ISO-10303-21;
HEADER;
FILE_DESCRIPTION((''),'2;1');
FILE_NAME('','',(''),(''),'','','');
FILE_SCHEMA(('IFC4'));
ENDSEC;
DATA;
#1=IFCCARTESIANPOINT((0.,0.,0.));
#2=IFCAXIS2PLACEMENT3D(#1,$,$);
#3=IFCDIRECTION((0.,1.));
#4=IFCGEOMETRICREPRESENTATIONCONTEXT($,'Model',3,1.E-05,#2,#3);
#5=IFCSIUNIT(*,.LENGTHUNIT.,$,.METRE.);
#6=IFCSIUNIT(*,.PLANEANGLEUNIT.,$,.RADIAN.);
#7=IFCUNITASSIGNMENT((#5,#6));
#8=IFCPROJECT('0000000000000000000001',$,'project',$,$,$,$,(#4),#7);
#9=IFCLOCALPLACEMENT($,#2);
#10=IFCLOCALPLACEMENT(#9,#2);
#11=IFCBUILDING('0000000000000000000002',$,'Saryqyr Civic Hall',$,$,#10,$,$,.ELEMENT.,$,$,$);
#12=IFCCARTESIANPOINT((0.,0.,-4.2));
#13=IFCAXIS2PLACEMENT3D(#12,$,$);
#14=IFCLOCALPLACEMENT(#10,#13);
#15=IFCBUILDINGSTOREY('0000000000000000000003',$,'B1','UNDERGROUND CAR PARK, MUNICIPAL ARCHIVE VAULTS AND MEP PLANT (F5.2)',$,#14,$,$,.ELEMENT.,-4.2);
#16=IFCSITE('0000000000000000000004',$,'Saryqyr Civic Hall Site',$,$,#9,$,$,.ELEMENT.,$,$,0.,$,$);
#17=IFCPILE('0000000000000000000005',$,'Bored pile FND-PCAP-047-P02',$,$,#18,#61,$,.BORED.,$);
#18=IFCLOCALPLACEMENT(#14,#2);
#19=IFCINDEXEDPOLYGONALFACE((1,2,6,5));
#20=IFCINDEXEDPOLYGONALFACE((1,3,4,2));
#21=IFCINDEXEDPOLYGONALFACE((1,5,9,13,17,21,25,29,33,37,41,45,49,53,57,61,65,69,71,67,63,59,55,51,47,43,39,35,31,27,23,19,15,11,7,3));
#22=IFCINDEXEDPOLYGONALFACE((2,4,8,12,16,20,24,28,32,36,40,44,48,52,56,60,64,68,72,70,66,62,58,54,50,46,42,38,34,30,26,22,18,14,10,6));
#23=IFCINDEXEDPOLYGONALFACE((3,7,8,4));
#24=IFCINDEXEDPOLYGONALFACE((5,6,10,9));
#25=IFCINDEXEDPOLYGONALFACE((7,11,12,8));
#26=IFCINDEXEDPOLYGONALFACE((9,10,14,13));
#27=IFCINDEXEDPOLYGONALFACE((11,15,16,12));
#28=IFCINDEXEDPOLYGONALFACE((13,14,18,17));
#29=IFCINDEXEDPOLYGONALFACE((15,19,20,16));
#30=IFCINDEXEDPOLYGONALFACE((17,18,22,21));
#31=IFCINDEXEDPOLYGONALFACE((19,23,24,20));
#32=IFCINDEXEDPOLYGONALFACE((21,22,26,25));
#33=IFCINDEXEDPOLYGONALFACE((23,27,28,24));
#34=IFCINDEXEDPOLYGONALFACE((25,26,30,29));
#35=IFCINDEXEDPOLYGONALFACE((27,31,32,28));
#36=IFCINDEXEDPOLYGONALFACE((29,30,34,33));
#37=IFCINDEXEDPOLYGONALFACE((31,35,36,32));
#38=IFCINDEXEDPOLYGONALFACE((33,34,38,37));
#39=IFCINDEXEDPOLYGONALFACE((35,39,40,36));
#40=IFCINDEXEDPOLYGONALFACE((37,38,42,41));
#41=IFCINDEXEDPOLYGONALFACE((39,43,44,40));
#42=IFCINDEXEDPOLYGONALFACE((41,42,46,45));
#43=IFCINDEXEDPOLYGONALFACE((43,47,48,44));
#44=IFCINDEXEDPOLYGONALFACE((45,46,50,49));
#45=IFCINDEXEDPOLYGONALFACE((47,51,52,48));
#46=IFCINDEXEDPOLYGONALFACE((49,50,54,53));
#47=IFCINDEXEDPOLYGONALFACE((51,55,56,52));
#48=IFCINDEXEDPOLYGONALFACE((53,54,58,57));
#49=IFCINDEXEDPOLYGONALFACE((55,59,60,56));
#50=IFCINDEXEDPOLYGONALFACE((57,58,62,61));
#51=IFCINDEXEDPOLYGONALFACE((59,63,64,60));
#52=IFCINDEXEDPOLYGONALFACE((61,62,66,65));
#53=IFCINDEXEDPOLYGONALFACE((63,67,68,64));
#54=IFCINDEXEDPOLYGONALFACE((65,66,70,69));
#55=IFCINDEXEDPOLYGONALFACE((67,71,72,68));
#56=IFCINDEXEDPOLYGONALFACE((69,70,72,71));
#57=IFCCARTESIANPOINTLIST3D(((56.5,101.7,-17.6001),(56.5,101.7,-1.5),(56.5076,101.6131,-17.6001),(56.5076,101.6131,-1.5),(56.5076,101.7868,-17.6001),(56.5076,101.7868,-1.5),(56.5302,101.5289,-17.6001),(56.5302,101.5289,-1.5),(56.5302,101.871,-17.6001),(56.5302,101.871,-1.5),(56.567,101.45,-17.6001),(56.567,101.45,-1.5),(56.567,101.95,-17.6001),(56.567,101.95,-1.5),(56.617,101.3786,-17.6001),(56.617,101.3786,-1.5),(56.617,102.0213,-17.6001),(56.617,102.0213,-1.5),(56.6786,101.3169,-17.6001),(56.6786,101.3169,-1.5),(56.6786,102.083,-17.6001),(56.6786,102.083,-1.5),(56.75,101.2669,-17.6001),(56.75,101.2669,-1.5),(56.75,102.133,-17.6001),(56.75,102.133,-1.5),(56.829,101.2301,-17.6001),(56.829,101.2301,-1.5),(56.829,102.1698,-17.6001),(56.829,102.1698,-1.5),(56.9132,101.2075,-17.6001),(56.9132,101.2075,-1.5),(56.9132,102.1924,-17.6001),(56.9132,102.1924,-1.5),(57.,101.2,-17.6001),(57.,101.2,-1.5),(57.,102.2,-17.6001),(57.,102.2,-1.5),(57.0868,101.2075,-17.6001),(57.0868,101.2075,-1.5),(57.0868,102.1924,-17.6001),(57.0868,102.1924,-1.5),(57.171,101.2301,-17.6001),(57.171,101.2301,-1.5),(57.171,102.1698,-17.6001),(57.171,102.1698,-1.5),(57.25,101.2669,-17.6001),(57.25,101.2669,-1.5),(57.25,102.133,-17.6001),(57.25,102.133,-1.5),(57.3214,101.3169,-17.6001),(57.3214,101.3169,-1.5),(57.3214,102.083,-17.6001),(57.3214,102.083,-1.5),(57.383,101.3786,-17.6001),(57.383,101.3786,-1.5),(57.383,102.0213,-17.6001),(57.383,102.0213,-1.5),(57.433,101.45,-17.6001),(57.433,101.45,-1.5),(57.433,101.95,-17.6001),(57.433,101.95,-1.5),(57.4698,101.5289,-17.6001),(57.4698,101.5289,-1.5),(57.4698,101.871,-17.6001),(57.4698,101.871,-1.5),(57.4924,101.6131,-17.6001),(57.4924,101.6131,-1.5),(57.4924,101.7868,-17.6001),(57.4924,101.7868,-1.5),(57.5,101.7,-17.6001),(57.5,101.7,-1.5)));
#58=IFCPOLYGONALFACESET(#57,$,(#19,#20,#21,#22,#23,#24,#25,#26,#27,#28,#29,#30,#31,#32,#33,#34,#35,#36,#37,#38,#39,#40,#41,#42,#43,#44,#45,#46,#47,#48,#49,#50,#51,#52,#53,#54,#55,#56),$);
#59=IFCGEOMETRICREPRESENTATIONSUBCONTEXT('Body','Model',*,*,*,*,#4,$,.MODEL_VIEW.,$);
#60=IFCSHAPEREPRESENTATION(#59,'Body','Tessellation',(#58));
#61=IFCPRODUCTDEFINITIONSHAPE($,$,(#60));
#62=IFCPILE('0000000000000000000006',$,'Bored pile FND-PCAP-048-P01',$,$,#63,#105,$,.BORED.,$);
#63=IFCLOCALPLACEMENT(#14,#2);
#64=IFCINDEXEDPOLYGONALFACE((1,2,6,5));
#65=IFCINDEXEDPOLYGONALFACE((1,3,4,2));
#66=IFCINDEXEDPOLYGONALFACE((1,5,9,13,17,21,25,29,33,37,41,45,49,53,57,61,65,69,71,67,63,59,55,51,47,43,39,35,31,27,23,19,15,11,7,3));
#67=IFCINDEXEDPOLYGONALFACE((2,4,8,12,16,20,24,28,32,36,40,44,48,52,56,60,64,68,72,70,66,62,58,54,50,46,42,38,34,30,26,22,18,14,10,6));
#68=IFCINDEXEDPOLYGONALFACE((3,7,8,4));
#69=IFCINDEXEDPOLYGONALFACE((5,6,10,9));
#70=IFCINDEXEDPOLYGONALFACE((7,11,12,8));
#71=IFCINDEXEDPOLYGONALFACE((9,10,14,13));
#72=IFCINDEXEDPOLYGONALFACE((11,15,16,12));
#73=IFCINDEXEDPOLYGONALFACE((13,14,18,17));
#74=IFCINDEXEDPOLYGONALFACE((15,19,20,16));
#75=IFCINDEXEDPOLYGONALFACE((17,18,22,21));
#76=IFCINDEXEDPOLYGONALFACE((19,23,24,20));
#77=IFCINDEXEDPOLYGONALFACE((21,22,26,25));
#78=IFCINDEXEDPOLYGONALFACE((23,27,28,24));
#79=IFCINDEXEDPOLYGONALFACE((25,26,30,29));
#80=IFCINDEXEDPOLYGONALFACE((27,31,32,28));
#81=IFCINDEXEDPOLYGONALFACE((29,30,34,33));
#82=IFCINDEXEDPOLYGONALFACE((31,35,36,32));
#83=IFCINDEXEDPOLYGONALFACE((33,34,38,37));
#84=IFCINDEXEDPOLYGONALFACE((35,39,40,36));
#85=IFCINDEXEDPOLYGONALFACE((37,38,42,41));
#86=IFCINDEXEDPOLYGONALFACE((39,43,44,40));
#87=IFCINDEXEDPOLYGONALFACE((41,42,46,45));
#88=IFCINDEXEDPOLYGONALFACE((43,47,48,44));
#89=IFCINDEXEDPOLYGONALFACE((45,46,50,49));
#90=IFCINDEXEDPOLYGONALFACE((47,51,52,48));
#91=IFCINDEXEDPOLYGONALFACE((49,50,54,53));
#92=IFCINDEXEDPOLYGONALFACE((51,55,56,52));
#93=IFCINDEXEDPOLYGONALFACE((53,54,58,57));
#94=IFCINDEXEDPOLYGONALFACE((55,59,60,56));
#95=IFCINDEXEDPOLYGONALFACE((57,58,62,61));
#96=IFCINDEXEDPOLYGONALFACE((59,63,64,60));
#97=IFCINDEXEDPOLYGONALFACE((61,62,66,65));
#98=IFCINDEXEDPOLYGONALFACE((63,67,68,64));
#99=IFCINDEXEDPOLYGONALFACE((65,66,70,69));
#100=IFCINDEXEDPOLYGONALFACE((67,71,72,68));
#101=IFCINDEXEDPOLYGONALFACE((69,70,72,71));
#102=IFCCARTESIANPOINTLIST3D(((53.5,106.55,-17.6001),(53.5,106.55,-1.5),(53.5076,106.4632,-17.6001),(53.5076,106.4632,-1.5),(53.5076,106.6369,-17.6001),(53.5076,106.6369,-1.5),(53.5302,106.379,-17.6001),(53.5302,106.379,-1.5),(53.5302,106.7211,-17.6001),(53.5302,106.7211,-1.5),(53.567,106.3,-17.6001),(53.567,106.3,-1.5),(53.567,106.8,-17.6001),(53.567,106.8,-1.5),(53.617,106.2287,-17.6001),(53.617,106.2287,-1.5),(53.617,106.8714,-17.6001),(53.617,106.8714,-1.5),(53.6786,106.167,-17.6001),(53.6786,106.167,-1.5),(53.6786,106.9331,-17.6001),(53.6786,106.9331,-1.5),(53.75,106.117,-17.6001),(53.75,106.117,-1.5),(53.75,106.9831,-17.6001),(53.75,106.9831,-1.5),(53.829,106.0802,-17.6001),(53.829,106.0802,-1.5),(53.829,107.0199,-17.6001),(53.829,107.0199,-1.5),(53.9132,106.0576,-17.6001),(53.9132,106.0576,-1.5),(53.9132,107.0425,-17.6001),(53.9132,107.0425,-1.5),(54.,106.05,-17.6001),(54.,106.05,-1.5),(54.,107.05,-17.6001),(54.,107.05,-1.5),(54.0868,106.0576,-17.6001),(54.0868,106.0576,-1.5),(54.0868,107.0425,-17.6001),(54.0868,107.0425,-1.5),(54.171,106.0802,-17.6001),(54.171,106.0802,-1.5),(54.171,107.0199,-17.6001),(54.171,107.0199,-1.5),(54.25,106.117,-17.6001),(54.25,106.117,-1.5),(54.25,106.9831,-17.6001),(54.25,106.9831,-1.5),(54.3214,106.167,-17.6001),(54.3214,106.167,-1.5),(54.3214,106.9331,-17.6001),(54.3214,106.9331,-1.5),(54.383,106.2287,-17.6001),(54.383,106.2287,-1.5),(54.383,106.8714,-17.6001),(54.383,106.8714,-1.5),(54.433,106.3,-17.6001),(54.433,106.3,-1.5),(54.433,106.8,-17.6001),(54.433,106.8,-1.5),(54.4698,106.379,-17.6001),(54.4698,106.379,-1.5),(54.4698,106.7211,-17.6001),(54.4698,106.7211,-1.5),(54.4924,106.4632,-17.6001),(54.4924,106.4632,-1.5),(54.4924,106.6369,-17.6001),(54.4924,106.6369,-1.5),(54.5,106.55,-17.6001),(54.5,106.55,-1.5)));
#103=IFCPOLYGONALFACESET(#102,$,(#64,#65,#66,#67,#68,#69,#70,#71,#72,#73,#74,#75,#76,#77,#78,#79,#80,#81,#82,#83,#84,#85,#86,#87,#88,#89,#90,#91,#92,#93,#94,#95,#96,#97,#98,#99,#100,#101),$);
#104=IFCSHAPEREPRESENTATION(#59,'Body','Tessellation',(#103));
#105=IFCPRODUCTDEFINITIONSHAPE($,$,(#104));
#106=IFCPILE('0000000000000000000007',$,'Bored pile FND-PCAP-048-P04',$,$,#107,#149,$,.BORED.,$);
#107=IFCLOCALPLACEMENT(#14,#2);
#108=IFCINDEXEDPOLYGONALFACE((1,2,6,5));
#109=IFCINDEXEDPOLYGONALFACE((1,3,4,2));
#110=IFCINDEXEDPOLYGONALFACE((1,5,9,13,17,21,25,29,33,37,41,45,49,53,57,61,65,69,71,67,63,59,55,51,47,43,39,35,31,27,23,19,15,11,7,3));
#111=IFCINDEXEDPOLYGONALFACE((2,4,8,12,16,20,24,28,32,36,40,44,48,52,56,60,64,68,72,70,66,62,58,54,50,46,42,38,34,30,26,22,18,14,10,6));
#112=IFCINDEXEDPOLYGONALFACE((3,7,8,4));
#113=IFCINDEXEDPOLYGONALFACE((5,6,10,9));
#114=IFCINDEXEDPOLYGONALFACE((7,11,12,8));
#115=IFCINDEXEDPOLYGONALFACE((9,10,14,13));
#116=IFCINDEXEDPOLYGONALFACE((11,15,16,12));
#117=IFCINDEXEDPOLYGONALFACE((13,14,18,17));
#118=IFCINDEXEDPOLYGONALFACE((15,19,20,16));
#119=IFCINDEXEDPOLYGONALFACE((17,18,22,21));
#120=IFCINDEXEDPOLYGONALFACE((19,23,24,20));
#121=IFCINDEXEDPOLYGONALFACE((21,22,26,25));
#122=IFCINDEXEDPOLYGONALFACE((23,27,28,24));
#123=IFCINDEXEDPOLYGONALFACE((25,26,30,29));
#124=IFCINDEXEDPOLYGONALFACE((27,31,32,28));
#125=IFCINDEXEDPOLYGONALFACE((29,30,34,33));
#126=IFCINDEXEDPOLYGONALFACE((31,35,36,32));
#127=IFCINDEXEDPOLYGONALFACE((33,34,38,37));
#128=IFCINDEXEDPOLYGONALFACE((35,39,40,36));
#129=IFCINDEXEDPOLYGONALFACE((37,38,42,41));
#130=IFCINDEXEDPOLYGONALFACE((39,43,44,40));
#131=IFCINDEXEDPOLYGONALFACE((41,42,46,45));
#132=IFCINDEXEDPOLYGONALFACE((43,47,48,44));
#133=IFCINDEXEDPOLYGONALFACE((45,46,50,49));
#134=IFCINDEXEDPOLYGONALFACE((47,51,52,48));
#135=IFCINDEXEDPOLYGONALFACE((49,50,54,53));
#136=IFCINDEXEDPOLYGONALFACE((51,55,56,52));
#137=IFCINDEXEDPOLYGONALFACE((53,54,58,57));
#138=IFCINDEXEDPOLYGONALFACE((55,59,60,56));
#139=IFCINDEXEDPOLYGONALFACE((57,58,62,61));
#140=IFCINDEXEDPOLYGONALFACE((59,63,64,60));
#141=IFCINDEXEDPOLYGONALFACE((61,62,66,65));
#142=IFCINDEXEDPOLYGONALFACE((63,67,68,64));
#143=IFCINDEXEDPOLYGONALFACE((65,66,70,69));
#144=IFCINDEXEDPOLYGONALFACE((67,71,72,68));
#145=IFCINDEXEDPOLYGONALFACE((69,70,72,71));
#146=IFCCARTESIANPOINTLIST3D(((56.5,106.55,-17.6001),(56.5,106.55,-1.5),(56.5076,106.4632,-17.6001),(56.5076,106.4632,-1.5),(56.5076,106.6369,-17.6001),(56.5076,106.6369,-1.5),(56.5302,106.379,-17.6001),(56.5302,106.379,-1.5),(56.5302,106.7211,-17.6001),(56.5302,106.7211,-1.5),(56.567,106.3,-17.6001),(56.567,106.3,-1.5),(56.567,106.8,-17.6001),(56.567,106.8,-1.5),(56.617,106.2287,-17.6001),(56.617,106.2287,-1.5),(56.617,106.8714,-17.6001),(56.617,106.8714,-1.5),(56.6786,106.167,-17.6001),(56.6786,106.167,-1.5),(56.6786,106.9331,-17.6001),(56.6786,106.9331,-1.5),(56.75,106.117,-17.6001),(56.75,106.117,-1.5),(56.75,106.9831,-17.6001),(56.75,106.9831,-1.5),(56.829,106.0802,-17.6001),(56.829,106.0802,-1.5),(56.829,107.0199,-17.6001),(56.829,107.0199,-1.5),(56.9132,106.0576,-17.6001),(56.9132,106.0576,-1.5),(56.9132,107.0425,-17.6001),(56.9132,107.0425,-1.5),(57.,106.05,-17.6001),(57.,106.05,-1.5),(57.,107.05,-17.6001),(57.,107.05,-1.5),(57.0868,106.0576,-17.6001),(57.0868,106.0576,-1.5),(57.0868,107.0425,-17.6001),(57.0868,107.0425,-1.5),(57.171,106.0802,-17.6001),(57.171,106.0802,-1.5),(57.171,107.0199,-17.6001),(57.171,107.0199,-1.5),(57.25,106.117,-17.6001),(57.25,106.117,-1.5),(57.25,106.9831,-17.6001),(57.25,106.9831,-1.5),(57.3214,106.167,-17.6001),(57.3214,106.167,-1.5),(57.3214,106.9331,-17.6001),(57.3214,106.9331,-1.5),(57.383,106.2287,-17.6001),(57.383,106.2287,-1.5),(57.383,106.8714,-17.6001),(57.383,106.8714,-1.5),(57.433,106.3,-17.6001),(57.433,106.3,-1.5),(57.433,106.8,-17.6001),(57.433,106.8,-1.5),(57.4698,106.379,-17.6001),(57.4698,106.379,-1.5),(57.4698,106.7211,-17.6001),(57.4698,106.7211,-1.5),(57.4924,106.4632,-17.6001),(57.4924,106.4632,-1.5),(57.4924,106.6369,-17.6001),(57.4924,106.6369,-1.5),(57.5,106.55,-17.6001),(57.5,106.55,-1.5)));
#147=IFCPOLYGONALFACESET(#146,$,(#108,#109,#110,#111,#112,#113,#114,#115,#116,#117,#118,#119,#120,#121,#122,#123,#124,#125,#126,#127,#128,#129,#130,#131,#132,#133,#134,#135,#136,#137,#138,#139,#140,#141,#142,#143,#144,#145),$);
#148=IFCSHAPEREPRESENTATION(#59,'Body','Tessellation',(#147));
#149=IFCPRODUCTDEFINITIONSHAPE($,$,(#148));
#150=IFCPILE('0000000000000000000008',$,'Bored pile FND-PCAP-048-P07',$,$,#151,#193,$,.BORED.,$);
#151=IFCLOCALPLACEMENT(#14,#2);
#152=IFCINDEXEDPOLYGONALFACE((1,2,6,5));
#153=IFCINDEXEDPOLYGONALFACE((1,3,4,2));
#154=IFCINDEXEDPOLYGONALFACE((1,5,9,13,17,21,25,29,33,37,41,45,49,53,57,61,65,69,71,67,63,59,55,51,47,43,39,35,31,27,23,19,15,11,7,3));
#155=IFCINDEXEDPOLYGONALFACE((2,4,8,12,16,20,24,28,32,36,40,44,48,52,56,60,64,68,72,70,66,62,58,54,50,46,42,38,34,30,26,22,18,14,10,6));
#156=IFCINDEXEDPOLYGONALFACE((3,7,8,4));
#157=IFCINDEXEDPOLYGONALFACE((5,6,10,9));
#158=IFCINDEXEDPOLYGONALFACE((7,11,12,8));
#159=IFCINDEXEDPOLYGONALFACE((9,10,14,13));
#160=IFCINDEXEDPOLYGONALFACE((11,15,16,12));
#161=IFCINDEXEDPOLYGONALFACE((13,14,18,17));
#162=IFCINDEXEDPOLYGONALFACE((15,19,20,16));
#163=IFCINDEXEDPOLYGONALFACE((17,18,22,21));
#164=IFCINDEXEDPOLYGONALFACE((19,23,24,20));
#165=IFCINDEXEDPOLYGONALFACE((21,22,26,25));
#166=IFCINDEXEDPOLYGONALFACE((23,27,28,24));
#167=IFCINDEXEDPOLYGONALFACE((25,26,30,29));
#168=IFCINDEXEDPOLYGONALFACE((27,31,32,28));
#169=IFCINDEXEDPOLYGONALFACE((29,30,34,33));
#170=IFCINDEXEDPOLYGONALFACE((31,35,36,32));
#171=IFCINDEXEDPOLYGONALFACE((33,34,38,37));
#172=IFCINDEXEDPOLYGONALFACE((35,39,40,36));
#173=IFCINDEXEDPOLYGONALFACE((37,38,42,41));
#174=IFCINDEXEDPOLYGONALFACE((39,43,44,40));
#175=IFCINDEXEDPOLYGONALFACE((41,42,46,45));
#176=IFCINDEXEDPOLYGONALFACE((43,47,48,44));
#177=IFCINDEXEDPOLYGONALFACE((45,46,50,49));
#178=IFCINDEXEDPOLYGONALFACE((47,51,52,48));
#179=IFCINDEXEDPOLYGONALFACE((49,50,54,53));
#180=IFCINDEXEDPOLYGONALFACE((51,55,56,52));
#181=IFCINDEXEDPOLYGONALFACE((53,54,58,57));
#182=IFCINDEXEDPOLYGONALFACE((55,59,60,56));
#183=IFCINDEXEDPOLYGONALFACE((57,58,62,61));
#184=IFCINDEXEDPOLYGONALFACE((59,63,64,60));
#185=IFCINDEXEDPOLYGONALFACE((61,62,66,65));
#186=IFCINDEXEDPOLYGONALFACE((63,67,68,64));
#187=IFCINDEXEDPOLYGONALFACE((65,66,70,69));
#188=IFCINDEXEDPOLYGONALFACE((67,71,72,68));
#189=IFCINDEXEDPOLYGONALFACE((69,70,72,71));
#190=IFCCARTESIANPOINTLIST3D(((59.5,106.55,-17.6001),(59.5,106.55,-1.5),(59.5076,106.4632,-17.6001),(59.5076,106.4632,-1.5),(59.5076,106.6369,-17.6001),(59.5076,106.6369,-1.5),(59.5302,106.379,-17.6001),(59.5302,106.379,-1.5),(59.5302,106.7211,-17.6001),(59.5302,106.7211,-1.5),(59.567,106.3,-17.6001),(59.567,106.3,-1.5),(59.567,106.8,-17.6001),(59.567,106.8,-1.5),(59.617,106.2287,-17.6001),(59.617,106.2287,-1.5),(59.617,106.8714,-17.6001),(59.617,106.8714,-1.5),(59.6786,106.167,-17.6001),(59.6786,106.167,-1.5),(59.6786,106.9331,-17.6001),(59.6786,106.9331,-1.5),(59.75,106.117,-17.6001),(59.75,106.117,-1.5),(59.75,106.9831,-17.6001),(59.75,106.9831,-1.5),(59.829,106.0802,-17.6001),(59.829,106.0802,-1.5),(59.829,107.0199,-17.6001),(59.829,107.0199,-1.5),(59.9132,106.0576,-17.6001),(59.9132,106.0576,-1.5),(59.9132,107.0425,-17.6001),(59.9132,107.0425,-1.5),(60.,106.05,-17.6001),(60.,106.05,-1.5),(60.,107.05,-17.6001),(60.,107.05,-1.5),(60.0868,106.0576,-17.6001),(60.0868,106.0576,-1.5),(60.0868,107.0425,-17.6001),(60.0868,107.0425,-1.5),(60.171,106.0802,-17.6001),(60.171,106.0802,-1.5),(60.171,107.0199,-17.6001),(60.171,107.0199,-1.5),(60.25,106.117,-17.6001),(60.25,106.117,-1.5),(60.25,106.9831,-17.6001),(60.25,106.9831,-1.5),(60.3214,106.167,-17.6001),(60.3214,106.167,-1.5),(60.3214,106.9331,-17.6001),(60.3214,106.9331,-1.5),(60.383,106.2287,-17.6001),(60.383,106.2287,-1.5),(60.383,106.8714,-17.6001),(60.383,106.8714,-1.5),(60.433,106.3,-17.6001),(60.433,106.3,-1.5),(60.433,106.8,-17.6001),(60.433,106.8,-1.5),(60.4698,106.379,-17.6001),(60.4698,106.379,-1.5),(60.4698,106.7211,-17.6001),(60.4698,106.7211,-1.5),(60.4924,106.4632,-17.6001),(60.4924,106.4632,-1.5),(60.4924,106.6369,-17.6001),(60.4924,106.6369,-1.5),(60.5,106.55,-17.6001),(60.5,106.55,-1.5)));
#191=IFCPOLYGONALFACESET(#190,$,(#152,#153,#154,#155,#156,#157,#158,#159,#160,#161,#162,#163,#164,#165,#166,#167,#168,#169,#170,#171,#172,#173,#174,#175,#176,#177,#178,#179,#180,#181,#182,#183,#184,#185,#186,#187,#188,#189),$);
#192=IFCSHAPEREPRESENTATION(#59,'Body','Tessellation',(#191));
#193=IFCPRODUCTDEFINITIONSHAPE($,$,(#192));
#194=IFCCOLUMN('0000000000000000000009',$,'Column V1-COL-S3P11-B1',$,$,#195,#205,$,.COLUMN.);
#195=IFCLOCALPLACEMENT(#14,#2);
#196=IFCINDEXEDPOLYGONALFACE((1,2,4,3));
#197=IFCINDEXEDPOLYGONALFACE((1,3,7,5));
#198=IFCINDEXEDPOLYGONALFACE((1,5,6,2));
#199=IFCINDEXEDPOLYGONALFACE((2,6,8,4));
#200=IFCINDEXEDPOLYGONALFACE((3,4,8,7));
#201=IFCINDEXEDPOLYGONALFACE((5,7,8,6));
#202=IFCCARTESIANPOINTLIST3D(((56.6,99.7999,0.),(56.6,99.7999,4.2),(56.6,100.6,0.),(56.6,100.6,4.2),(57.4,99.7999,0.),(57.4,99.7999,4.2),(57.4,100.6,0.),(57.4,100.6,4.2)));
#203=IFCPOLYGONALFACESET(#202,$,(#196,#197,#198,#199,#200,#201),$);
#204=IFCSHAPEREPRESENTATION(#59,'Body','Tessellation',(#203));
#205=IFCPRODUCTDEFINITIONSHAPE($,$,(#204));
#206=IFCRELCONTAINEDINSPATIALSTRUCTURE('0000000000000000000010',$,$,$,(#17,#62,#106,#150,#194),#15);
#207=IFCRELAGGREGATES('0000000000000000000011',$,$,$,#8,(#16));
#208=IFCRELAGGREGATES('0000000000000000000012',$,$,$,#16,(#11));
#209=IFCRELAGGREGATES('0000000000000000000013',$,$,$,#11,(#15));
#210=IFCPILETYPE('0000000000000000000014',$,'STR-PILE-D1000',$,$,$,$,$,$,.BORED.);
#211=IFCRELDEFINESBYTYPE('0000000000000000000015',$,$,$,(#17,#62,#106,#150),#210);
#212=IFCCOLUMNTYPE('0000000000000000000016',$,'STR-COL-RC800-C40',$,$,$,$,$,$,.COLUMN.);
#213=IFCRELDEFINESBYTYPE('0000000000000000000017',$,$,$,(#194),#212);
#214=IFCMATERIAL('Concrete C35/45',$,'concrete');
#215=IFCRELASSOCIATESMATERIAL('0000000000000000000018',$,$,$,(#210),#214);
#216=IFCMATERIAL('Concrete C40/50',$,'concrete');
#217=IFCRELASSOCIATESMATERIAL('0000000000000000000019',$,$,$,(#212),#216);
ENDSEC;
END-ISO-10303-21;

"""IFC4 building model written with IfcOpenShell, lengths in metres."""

from ifc_helpers import new_model, si_unit, direction, frame, origin, origin_2d, place, context, subcontext, project, spatial, rectangle, circle, extrude, material, material_profile, profile_set, type_object, element, save


model = new_model("IFC4")

# Units and contexts
model_context = context("Model", 3, precision=1e-05, world=origin(), true_north=direction((0.0, 1.0)))
body_context = subcontext(model_context, "Body", "Model", "MODEL_VIEW")
ifc_project = project(units=[si_unit("LENGTHUNIT", "METRE"), si_unit("PLANEANGLEUNIT", "RADIAN")], contexts=[model_context])

# Site, building, storey
site_placement = place(None, origin())
site = spatial("IfcSite", under=ifc_project, at=site_placement, Name="Saryqyr Civic Hall Site", CompositionType="ELEMENT", RefElevation=0.0)
building_placement = place(site_placement, origin())
building = spatial("IfcBuilding", under=site, at=building_placement, Name="Saryqyr Civic Hall", CompositionType="ELEMENT")
storey_placement = place(building_placement, frame((0.0, 0.0, -4.2)))
storey = spatial("IfcBuildingStorey", under=building, at=storey_placement, Name="B1", Description="UNDERGROUND CAR PARK, MUNICIPAL ARCHIVE VAULTS AND MEP PLANT (F5.2)", CompositionType="ELEMENT", Elevation=-4.2)

# Shared definitions
ifc_material_1 = material(Name="Concrete C35/45", Category="concrete")

# Piles
ifc_material_profile_1 = material_profile(ifc_material_1, circle(Radius=0.5, at=origin_2d()), Name="BORED PILE D1000")
ifc_profile_set_1 = profile_set([ifc_material_profile_1], Name="Concrete C35/45")
pile_type = type_object("IfcPileType", Name="STR-PILE-D1000", PredefinedType="BORED", material=ifc_profile_set_1)
for number, where, z_axis, x_axis, name in (
    (1, (57.0, 101.7, -1.5), (0.0, 0.0, -1.0), (1.0, 0.0, 0.0), "Bored pile FND-PCAP-047-P02"),
    (2, (54.0, 106.55, -1.5), (0.0, 0.0, -1.0), (1.0, 0.0, 0.0), "Bored pile FND-PCAP-048-P01"),
    (3, (57.0, 106.55, -1.5), (0.0, 0.0, -1.0), (1.0, 0.0, 0.0), "Bored pile FND-PCAP-048-P04"),
    (4, (60.0, 106.55, -1.5), (0.0, 0.0, -1.0), (1.0, 0.0, 0.0), "Bored pile FND-PCAP-048-P07"),
):
    element("IfcPile", number, at=place(storey_placement, frame(where, z_axis=z_axis, x_axis=x_axis)), inside=storey, type_object=pile_type, Name=name, PredefinedType="BORED", context=body_context, shape_type="SweptSolid", body=[
        extrude(circle(Radius=0.5, at=origin_2d()), origin(), (0.0, 0.0, 1.0), 16.1001),
    ])

# Column
ifc_material_2 = material(Name="Concrete C40/50", Category="concrete")
ifc_material_profile_2 = material_profile(ifc_material_2, rectangle(XDim=0.8, YDim=0.8, at=origin_2d()), Name="RC 800x800")
ifc_profile_set_2 = profile_set([ifc_material_profile_2], Name="Concrete C40/50")
column_type_1 = type_object("IfcColumnType", Name="STR-COL-RC800-C40", PredefinedType="COLUMN", material=ifc_profile_set_2)
for number, where, z_axis, x_axis, name in (
    (5, (57.0, 100.2, 0.0), (0.0, 0.0, 1.0), (1.0, 0.0, 0.0), "Column V1-COL-S3P11-B1"),
):
    element("IfcColumn", number, at=place(storey_placement, frame(where, z_axis=z_axis, x_axis=x_axis)), inside=storey, type_object=column_type_1, Name=name, PredefinedType="COLUMN", context=body_context, shape_type="SweptSolid", body=[
        extrude(rectangle(XDim=0.8, YDim=0.8, at=origin_2d()), origin(), (0.0, 0.0, 1.0), 4.2),
    ])

save(model, "model.ifc")
